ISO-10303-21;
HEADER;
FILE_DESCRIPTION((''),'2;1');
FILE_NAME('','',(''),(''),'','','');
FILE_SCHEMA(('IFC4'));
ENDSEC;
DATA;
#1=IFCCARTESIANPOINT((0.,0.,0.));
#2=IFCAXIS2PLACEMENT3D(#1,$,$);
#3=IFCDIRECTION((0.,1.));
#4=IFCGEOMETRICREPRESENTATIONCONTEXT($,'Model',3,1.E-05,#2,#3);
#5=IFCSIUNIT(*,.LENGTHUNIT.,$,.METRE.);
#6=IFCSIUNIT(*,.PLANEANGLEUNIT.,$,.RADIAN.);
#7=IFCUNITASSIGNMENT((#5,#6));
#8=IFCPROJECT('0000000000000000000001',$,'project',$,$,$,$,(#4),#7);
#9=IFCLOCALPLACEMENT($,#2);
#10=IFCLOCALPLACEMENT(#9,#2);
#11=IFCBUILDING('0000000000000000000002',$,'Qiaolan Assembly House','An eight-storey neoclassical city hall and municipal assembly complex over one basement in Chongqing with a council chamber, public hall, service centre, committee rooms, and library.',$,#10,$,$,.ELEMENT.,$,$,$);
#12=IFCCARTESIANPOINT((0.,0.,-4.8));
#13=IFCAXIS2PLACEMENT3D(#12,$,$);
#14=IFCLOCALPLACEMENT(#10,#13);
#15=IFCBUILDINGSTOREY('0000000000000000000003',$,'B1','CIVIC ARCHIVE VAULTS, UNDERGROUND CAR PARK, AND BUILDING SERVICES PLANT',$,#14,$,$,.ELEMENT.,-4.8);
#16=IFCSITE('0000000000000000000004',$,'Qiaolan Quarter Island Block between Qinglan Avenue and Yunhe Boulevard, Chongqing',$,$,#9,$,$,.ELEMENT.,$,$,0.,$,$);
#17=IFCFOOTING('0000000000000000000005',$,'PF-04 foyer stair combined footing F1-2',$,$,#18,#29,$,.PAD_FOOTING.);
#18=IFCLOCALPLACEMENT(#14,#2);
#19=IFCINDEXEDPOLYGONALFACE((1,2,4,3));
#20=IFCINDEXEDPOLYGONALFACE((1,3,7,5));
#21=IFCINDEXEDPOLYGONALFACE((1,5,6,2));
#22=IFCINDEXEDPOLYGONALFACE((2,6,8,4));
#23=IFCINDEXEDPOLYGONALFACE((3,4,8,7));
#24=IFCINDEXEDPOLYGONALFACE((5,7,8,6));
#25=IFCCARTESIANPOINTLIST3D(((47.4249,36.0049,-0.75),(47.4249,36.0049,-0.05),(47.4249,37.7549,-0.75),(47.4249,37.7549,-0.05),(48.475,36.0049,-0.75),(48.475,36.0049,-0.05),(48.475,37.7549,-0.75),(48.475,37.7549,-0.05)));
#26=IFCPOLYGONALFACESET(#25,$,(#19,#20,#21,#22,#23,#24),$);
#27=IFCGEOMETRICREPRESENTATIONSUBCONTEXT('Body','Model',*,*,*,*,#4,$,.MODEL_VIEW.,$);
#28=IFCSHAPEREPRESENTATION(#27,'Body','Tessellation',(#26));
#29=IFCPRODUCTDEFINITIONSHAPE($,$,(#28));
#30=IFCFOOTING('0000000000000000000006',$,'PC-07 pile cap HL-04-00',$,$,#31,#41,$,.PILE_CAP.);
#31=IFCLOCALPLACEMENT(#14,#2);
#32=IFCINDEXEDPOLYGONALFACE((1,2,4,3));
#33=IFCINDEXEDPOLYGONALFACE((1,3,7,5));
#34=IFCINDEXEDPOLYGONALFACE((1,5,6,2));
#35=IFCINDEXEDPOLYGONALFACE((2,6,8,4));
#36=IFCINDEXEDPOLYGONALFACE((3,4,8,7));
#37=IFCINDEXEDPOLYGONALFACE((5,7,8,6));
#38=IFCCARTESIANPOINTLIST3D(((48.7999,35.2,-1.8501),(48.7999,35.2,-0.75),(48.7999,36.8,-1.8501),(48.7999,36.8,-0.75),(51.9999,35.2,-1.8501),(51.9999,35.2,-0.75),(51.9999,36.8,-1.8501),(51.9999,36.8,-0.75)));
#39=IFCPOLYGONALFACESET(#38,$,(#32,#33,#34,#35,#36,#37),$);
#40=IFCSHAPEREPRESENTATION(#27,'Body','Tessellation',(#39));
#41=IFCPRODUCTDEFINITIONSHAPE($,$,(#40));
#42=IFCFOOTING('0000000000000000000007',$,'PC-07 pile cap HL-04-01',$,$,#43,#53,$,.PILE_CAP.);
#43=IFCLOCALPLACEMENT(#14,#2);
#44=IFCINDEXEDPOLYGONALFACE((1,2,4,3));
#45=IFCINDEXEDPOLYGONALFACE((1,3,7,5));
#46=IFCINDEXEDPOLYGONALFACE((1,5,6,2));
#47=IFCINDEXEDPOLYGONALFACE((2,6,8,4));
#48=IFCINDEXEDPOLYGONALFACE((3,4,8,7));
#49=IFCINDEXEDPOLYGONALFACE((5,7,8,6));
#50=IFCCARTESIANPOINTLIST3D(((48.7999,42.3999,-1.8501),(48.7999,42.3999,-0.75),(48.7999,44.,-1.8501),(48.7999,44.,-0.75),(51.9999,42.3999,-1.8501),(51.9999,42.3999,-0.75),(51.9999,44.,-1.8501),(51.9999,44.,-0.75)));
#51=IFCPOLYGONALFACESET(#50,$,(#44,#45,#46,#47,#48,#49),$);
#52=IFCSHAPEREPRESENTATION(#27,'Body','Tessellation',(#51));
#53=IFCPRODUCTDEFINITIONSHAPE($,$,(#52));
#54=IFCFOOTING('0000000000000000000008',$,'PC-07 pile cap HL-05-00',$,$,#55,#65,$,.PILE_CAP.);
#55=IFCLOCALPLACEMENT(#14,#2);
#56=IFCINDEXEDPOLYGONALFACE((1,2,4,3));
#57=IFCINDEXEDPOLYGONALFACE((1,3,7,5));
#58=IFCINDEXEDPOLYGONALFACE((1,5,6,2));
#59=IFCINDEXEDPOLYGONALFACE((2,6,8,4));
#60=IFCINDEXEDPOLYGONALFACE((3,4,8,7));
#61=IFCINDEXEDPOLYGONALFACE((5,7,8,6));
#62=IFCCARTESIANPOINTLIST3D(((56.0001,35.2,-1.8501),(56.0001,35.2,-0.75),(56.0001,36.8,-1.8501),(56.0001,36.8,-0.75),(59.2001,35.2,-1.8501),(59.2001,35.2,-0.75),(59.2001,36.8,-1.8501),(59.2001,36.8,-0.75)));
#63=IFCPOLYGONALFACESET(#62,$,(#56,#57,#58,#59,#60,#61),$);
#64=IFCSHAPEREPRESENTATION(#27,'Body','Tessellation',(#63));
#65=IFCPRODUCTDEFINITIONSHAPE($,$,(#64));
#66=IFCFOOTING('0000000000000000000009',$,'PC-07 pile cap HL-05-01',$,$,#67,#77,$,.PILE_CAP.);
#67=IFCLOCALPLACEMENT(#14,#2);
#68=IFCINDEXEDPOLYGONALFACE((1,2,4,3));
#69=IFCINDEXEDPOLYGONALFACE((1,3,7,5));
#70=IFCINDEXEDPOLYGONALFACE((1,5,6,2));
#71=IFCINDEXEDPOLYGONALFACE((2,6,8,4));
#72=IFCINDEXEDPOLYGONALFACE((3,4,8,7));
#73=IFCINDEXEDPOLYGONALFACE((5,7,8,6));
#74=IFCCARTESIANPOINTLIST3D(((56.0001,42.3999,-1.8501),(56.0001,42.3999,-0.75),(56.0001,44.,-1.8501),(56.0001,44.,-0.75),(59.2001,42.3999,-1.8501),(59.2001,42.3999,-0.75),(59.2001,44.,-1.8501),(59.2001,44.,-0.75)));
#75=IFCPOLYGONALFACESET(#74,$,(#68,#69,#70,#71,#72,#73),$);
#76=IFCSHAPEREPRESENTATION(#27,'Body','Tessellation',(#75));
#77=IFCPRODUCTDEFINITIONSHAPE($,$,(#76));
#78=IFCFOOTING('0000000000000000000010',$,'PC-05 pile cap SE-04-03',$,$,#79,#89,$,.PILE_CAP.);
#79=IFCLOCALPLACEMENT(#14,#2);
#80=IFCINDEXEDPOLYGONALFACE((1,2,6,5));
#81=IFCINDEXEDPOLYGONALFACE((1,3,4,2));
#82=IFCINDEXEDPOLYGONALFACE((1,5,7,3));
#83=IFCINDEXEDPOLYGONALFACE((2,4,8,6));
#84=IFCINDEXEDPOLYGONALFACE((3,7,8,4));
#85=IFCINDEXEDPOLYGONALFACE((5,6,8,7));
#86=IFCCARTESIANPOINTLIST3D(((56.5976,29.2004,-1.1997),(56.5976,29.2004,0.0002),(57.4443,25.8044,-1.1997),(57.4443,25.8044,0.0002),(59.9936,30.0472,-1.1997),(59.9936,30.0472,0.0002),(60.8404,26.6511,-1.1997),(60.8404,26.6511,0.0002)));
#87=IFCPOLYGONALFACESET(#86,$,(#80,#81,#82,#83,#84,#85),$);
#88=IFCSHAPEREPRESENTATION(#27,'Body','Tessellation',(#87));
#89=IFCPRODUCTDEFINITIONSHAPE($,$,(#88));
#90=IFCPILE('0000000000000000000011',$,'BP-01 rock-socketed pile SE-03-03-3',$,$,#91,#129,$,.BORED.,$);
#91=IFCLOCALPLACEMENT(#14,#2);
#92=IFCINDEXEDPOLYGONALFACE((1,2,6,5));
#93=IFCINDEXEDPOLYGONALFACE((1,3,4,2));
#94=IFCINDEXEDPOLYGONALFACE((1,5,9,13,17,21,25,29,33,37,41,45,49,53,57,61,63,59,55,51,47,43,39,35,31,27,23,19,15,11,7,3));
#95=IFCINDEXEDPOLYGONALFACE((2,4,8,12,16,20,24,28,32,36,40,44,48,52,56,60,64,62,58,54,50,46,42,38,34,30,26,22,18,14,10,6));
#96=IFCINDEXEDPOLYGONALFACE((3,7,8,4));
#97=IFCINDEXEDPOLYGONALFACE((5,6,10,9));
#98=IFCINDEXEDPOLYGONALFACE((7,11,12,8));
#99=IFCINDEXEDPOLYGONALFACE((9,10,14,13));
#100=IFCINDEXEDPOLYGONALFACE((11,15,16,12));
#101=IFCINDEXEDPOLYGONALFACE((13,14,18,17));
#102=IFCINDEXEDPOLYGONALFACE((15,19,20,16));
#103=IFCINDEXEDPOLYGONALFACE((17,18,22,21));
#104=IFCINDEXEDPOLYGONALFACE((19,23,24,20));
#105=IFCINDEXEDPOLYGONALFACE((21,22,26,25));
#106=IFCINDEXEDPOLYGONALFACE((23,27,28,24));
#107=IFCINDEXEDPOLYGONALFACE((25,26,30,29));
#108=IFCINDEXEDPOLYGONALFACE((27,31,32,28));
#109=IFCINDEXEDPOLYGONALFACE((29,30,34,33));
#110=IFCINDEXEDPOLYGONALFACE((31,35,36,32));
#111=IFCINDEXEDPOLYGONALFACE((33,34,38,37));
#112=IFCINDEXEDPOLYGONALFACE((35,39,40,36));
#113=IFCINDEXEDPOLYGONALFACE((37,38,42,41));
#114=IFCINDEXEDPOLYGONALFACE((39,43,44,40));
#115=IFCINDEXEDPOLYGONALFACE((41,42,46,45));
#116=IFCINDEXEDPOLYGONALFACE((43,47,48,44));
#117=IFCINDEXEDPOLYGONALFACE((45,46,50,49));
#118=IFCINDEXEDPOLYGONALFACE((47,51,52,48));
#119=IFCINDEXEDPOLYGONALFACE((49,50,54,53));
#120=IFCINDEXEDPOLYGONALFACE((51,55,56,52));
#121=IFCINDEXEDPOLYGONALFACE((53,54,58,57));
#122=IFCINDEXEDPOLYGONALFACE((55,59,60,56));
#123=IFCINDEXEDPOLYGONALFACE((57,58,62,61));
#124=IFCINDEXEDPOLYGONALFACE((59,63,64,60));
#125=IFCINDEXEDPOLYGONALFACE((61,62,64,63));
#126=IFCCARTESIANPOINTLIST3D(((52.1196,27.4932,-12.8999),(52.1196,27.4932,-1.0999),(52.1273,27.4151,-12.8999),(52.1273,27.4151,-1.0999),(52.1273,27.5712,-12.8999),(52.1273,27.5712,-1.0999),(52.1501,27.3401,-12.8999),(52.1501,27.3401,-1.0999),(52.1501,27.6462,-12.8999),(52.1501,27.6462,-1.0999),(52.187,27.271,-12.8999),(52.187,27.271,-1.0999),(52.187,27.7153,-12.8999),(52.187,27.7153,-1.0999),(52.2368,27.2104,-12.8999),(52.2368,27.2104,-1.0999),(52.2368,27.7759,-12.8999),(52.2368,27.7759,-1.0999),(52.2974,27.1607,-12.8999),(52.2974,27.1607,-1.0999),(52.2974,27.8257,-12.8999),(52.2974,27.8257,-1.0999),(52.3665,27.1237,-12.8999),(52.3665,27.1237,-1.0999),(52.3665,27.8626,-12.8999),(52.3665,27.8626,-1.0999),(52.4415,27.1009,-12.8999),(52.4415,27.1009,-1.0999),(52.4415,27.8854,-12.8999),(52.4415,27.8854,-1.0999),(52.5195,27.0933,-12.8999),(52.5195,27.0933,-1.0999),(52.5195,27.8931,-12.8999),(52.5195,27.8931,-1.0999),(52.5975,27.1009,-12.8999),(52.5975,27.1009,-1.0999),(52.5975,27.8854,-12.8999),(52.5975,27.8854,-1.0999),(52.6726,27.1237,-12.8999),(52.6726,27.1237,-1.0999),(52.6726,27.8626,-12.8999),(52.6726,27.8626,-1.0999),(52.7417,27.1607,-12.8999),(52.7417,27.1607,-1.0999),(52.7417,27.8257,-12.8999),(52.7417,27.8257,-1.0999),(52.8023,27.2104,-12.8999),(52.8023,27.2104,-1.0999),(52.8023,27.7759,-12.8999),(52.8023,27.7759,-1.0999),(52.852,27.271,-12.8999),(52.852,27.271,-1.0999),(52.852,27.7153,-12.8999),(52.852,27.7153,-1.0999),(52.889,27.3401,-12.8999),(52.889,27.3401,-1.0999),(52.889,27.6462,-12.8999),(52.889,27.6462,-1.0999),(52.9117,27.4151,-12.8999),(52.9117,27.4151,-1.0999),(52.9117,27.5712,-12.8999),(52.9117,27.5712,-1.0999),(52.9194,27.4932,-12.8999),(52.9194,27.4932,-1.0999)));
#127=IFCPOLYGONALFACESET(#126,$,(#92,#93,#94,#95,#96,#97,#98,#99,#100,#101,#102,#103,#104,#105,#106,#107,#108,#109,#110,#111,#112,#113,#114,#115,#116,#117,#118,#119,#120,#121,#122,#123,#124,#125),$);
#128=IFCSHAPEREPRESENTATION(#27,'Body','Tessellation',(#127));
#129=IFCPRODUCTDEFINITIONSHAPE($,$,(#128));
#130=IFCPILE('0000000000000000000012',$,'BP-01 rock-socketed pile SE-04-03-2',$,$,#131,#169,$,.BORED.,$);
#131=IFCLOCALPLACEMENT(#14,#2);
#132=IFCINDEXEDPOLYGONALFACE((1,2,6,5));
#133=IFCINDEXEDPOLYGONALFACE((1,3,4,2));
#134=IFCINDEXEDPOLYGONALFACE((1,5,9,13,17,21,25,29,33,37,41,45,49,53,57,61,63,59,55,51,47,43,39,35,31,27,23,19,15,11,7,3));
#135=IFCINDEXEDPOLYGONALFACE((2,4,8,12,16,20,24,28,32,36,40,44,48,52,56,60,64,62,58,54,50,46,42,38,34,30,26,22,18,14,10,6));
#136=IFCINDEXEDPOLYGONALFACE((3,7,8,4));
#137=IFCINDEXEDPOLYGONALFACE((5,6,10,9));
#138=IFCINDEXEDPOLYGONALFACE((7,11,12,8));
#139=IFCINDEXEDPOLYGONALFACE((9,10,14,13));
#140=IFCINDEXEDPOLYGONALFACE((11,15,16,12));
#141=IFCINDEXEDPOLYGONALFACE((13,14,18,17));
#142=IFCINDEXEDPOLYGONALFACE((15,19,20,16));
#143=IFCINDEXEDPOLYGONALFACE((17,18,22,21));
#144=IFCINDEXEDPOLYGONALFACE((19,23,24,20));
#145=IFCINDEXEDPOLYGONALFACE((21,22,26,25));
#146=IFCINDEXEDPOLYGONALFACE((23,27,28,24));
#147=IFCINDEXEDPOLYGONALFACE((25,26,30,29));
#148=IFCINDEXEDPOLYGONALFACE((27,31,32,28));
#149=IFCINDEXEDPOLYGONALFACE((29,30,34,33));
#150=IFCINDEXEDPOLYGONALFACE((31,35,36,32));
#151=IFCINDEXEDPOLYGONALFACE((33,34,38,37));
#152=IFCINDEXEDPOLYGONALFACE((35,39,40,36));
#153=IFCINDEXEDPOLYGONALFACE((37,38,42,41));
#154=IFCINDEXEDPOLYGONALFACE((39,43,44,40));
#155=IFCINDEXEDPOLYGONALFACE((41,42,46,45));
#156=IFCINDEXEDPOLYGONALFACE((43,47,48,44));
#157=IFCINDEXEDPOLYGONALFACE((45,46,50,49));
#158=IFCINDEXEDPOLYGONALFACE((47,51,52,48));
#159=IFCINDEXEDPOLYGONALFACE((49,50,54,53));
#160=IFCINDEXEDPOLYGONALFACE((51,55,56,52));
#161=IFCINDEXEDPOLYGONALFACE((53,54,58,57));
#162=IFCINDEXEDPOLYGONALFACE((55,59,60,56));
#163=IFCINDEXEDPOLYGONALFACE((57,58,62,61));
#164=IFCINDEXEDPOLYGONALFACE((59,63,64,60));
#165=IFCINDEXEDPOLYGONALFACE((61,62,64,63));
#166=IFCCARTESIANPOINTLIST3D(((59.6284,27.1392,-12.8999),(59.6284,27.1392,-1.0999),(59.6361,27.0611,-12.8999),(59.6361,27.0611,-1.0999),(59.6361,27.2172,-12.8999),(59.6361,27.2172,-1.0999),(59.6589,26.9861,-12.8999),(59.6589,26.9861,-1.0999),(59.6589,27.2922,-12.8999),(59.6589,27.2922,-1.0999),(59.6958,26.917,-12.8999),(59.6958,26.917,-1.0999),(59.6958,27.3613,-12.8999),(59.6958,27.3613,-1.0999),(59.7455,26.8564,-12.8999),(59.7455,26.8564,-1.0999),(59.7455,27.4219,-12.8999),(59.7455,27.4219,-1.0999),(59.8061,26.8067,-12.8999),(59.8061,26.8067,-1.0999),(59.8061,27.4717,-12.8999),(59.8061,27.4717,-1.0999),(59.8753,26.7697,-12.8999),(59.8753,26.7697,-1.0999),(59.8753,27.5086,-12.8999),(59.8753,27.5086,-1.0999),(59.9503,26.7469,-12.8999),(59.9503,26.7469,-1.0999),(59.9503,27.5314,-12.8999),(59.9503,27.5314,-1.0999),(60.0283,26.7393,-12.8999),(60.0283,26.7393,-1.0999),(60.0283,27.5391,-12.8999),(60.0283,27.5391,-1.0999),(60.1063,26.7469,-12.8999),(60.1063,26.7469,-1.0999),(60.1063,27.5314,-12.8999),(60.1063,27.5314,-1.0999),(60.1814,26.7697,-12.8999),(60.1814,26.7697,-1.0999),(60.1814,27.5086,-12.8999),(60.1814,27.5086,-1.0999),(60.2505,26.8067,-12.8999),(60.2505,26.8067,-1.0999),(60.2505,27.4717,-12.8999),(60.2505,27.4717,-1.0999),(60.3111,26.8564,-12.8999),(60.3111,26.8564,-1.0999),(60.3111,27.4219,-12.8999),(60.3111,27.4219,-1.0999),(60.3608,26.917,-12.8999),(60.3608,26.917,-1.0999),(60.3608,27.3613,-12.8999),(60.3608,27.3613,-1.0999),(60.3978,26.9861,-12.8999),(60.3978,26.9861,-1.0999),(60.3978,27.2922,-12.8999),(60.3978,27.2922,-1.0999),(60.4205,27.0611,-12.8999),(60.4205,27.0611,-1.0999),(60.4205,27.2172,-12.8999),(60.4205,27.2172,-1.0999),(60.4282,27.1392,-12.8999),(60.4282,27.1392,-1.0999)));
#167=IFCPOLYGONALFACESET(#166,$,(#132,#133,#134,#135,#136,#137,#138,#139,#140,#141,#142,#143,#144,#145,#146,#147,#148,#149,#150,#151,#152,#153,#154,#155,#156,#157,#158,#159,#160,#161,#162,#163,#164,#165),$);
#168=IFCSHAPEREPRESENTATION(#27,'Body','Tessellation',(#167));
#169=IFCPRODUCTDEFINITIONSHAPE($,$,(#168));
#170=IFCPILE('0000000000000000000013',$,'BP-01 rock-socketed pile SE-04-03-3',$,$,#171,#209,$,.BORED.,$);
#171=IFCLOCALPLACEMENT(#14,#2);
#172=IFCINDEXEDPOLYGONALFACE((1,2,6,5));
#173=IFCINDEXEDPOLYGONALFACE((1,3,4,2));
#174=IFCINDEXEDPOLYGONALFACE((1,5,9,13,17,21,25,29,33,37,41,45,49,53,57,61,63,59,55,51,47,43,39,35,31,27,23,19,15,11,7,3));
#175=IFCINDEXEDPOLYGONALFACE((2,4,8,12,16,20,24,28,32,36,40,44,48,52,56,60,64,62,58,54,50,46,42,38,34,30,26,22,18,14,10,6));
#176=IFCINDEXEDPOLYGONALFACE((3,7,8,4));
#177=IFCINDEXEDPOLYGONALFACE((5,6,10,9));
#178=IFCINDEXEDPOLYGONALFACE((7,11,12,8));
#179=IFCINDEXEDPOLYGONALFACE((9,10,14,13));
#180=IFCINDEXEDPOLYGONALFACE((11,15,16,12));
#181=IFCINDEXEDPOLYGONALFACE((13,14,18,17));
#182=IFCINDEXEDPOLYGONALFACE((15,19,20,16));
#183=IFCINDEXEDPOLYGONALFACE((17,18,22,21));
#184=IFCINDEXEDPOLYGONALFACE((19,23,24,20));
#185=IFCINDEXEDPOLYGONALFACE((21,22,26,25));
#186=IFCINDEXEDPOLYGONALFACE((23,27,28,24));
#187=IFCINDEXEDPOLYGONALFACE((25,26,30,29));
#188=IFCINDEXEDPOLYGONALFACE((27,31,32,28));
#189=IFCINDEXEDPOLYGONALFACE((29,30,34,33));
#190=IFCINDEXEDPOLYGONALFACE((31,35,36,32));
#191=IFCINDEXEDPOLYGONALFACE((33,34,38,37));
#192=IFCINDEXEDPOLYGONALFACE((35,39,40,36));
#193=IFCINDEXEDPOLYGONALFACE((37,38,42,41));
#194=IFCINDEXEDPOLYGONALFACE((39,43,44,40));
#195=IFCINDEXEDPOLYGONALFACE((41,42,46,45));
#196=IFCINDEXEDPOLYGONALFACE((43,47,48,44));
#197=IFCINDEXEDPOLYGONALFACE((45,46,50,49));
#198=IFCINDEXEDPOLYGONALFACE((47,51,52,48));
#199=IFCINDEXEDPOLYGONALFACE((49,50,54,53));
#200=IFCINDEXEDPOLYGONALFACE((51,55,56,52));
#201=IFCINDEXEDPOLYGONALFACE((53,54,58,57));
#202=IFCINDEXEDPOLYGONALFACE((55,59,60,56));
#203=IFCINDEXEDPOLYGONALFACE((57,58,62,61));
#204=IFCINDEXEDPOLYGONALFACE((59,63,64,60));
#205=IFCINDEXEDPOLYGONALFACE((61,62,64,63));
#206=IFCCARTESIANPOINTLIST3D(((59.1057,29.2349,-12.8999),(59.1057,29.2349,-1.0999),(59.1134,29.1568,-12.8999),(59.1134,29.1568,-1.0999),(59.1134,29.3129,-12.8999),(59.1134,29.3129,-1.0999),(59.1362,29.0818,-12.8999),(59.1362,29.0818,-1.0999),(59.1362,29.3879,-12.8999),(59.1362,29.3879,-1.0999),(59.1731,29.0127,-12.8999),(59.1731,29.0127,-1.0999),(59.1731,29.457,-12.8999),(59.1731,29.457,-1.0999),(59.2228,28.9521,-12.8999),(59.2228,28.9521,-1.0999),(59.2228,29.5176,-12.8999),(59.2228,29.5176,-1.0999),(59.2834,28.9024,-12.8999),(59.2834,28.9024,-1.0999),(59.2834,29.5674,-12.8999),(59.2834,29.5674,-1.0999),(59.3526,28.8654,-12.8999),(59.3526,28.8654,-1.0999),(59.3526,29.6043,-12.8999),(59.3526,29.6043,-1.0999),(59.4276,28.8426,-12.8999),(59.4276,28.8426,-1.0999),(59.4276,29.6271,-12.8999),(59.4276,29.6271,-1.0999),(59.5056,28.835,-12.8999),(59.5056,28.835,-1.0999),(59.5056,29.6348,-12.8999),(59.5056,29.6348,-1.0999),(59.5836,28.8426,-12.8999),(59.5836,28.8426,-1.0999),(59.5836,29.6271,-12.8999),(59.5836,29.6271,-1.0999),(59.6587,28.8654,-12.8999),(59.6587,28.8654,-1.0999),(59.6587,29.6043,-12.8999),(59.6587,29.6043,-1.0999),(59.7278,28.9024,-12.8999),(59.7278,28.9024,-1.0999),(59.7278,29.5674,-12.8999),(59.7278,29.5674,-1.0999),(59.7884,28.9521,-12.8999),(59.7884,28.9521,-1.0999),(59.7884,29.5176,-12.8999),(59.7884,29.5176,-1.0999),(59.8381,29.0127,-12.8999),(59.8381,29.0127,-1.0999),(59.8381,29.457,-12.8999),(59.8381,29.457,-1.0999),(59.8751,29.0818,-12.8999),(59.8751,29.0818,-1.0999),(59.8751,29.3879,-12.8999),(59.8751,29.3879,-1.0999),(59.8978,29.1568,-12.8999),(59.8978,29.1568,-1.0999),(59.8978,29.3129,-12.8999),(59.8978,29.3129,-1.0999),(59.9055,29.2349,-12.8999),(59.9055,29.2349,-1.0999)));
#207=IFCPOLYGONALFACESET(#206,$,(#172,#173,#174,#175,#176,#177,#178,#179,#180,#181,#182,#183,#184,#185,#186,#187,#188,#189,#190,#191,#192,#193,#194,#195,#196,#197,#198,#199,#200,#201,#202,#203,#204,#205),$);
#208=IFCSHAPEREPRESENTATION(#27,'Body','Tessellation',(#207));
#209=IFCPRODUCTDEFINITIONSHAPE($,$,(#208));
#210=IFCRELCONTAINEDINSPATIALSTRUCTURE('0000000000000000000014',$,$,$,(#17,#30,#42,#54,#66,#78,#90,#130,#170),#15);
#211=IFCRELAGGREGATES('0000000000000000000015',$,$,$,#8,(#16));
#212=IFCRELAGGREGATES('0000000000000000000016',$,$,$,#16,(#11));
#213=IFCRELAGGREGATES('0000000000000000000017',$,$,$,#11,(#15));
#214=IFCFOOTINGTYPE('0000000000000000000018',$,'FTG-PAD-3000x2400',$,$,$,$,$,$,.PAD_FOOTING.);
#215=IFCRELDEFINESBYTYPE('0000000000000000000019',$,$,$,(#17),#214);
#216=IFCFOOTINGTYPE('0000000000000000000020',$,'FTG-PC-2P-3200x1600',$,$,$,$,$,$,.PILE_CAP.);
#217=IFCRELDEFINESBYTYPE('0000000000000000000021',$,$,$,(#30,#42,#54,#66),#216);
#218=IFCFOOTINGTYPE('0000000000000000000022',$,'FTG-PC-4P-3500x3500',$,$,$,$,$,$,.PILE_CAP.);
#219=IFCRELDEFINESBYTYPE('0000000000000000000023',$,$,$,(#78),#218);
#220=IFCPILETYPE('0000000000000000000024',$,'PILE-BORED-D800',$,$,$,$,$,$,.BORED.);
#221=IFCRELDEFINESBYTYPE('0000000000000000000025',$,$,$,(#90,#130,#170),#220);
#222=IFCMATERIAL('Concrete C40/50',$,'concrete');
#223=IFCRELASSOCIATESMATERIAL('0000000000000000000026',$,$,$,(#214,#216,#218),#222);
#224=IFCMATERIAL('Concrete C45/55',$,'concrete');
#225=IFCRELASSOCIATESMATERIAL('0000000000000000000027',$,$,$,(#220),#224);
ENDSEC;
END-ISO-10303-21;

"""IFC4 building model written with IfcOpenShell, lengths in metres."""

from ifc_helpers import new_model, si_unit, direction, frame, origin, origin_2d, place, context, subcontext, project, spatial, rectangle, circle, extrude, material, material_profile, profile_set, type_object, element, save


model = new_model("IFC4")

# Units and contexts
model_context = context("Model", 3, precision=1e-05, world=origin(), true_north=direction((0.0, 1.0)))
body_context = subcontext(model_context, "Body", "Model", "MODEL_VIEW")
ifc_project = project(units=[si_unit("LENGTHUNIT", "METRE"), si_unit("PLANEANGLEUNIT", "RADIAN")], contexts=[model_context])

# Site, building, storey
site_placement = place(None, origin())
site = spatial("IfcSite", under=ifc_project, at=site_placement, Name="Qiaolan Quarter Island Block between Qinglan Avenue and Yunhe Boulevard, Chongqing", CompositionType="ELEMENT", RefElevation=0.0)
building_placement = place(site_placement, origin())
building = spatial("IfcBuilding", under=site, at=building_placement, Name="Qiaolan Assembly House", Description="An eight-storey neoclassical city hall and municipal assembly complex over one basement in Chongqing with a council chamber, public hall, service centre, committee rooms, and library.", CompositionType="ELEMENT")
storey_placement = place(building_placement, frame((0.0, 0.0, -4.8)))
storey = spatial("IfcBuildingStorey", under=building, at=storey_placement, Name="B1", Description="CIVIC ARCHIVE VAULTS, UNDERGROUND CAR PARK, AND BUILDING SERVICES PLANT", CompositionType="ELEMENT", Elevation=-4.8)

# Footings
ifc_material_1 = material(Name="Concrete C40/50", Category="concrete")
footing_type_1 = type_object("IfcFootingType", Name="FTG-PAD-3000x2400", PredefinedType="PAD_FOOTING", material=ifc_material_1)
footing_1_placement = place(storey_placement, frame((47.95, 36.8799, -0.75), z_axis=(0.0, 0.0, 1.0), x_axis=(1.0, 0.0, 0.0)))
element("IfcFooting", 1, at=footing_1_placement, inside=storey, type_object=footing_type_1, Name="PF-04 foyer stair combined footing F1-2", PredefinedType="PAD_FOOTING", context=body_context, shape_type="SweptSolid", body=[
    extrude(rectangle(XDim=1.05, YDim=1.75, at=origin_2d()), origin(), (0.0, 0.0, 1.0), 0.7),
])
footing_type_2 = type_object("IfcFootingType", Name="FTG-PC-2P-3200x1600", PredefinedType="PILE_CAP", material=ifc_material_1)
for number, where, z_axis, x_axis, name in (
    (2, (50.3999, 36.0, -1.8501), (0.0, 0.0, 1.0), (1.0, 0.0, 0.0), "PC-07 pile cap HL-04-00"),
    (3, (50.3999, 43.2, -1.8501), (0.0, 0.0, 1.0), (1.0, 0.0, 0.0), "PC-07 pile cap HL-04-01"),
    (4, (57.6001, 36.0, -1.8501), (0.0, 0.0, 1.0), (1.0, 0.0, 0.0), "PC-07 pile cap HL-05-00"),
    (5, (57.6001, 43.2, -1.8501), (0.0, 0.0, 1.0), (1.0, 0.0, 0.0), "PC-07 pile cap HL-05-01"),
):
    element("IfcFooting", number, at=place(storey_placement, frame(where, z_axis=z_axis, x_axis=x_axis)), inside=storey, type_object=footing_type_2, Name=name, PredefinedType="PILE_CAP", context=body_context, shape_type="SweptSolid", body=[
        extrude(rectangle(XDim=3.2, YDim=1.6001, at=origin_2d()), origin(), (0.0, 0.0, 1.0), 1.1001),
    ])
footing_type_3 = type_object("IfcFootingType", Name="FTG-PC-4P-3500x3500", PredefinedType="PILE_CAP", material=ifc_material_1)
footing_2_placement = place(storey_placement, frame((58.719, 27.9258, -1.1997), z_axis=(0.0, 0.0, 1.0), x_axis=(0.970296, 0.241922, 0.0)))
element("IfcFooting", 6, at=footing_2_placement, inside=storey, type_object=footing_type_3, Name="PC-05 pile cap SE-04-03", PredefinedType="PILE_CAP", context=body_context, shape_type="SweptSolid", body=[
    extrude(rectangle(XDim=3.5, YDim=3.5, at=origin_2d()), origin(), (0.0, 0.0, 1.0), 1.2),
])

# Piles
ifc_material_2 = material(Name="Concrete C45/55", Category="concrete")
ifc_material_profile_1 = material_profile(ifc_material_2, circle(Radius=0.3999, at=origin_2d()), Name="PILE D800")
ifc_profile_set_1 = profile_set([ifc_material_profile_1], Name="Concrete C45/55")
pile_type = type_object("IfcPileType", Name="PILE-BORED-D800", PredefinedType="BORED", material=ifc_profile_set_1)
for number, where, z_axis, x_axis, name in (
    (7, (52.5195, 27.4932, -1.0999), (0.0, 0.0, -1.0), (1.0, 0.0, 0.0), "BP-01 rock-socketed pile SE-03-03-3"),
    (8, (60.0283, 27.1392, -1.0999), (0.0, 0.0, -1.0), (1.0, 0.0, 0.0), "BP-01 rock-socketed pile SE-04-03-2"),
    (9, (59.5056, 29.2349, -1.0999), (0.0, 0.0, -1.0), (1.0, 0.0, 0.0), "BP-01 rock-socketed pile SE-04-03-3"),
):
    element("IfcPile", number, at=place(storey_placement, frame(where, z_axis=z_axis, x_axis=x_axis)), inside=storey, type_object=pile_type, Name=name, PredefinedType="BORED", context=body_context, shape_type="SweptSolid", body=[
        extrude(circle(Radius=0.3999, at=origin_2d()), origin(), (0.0, 0.0, 1.0), 11.8),
    ])

save(model, "model.ifc")
